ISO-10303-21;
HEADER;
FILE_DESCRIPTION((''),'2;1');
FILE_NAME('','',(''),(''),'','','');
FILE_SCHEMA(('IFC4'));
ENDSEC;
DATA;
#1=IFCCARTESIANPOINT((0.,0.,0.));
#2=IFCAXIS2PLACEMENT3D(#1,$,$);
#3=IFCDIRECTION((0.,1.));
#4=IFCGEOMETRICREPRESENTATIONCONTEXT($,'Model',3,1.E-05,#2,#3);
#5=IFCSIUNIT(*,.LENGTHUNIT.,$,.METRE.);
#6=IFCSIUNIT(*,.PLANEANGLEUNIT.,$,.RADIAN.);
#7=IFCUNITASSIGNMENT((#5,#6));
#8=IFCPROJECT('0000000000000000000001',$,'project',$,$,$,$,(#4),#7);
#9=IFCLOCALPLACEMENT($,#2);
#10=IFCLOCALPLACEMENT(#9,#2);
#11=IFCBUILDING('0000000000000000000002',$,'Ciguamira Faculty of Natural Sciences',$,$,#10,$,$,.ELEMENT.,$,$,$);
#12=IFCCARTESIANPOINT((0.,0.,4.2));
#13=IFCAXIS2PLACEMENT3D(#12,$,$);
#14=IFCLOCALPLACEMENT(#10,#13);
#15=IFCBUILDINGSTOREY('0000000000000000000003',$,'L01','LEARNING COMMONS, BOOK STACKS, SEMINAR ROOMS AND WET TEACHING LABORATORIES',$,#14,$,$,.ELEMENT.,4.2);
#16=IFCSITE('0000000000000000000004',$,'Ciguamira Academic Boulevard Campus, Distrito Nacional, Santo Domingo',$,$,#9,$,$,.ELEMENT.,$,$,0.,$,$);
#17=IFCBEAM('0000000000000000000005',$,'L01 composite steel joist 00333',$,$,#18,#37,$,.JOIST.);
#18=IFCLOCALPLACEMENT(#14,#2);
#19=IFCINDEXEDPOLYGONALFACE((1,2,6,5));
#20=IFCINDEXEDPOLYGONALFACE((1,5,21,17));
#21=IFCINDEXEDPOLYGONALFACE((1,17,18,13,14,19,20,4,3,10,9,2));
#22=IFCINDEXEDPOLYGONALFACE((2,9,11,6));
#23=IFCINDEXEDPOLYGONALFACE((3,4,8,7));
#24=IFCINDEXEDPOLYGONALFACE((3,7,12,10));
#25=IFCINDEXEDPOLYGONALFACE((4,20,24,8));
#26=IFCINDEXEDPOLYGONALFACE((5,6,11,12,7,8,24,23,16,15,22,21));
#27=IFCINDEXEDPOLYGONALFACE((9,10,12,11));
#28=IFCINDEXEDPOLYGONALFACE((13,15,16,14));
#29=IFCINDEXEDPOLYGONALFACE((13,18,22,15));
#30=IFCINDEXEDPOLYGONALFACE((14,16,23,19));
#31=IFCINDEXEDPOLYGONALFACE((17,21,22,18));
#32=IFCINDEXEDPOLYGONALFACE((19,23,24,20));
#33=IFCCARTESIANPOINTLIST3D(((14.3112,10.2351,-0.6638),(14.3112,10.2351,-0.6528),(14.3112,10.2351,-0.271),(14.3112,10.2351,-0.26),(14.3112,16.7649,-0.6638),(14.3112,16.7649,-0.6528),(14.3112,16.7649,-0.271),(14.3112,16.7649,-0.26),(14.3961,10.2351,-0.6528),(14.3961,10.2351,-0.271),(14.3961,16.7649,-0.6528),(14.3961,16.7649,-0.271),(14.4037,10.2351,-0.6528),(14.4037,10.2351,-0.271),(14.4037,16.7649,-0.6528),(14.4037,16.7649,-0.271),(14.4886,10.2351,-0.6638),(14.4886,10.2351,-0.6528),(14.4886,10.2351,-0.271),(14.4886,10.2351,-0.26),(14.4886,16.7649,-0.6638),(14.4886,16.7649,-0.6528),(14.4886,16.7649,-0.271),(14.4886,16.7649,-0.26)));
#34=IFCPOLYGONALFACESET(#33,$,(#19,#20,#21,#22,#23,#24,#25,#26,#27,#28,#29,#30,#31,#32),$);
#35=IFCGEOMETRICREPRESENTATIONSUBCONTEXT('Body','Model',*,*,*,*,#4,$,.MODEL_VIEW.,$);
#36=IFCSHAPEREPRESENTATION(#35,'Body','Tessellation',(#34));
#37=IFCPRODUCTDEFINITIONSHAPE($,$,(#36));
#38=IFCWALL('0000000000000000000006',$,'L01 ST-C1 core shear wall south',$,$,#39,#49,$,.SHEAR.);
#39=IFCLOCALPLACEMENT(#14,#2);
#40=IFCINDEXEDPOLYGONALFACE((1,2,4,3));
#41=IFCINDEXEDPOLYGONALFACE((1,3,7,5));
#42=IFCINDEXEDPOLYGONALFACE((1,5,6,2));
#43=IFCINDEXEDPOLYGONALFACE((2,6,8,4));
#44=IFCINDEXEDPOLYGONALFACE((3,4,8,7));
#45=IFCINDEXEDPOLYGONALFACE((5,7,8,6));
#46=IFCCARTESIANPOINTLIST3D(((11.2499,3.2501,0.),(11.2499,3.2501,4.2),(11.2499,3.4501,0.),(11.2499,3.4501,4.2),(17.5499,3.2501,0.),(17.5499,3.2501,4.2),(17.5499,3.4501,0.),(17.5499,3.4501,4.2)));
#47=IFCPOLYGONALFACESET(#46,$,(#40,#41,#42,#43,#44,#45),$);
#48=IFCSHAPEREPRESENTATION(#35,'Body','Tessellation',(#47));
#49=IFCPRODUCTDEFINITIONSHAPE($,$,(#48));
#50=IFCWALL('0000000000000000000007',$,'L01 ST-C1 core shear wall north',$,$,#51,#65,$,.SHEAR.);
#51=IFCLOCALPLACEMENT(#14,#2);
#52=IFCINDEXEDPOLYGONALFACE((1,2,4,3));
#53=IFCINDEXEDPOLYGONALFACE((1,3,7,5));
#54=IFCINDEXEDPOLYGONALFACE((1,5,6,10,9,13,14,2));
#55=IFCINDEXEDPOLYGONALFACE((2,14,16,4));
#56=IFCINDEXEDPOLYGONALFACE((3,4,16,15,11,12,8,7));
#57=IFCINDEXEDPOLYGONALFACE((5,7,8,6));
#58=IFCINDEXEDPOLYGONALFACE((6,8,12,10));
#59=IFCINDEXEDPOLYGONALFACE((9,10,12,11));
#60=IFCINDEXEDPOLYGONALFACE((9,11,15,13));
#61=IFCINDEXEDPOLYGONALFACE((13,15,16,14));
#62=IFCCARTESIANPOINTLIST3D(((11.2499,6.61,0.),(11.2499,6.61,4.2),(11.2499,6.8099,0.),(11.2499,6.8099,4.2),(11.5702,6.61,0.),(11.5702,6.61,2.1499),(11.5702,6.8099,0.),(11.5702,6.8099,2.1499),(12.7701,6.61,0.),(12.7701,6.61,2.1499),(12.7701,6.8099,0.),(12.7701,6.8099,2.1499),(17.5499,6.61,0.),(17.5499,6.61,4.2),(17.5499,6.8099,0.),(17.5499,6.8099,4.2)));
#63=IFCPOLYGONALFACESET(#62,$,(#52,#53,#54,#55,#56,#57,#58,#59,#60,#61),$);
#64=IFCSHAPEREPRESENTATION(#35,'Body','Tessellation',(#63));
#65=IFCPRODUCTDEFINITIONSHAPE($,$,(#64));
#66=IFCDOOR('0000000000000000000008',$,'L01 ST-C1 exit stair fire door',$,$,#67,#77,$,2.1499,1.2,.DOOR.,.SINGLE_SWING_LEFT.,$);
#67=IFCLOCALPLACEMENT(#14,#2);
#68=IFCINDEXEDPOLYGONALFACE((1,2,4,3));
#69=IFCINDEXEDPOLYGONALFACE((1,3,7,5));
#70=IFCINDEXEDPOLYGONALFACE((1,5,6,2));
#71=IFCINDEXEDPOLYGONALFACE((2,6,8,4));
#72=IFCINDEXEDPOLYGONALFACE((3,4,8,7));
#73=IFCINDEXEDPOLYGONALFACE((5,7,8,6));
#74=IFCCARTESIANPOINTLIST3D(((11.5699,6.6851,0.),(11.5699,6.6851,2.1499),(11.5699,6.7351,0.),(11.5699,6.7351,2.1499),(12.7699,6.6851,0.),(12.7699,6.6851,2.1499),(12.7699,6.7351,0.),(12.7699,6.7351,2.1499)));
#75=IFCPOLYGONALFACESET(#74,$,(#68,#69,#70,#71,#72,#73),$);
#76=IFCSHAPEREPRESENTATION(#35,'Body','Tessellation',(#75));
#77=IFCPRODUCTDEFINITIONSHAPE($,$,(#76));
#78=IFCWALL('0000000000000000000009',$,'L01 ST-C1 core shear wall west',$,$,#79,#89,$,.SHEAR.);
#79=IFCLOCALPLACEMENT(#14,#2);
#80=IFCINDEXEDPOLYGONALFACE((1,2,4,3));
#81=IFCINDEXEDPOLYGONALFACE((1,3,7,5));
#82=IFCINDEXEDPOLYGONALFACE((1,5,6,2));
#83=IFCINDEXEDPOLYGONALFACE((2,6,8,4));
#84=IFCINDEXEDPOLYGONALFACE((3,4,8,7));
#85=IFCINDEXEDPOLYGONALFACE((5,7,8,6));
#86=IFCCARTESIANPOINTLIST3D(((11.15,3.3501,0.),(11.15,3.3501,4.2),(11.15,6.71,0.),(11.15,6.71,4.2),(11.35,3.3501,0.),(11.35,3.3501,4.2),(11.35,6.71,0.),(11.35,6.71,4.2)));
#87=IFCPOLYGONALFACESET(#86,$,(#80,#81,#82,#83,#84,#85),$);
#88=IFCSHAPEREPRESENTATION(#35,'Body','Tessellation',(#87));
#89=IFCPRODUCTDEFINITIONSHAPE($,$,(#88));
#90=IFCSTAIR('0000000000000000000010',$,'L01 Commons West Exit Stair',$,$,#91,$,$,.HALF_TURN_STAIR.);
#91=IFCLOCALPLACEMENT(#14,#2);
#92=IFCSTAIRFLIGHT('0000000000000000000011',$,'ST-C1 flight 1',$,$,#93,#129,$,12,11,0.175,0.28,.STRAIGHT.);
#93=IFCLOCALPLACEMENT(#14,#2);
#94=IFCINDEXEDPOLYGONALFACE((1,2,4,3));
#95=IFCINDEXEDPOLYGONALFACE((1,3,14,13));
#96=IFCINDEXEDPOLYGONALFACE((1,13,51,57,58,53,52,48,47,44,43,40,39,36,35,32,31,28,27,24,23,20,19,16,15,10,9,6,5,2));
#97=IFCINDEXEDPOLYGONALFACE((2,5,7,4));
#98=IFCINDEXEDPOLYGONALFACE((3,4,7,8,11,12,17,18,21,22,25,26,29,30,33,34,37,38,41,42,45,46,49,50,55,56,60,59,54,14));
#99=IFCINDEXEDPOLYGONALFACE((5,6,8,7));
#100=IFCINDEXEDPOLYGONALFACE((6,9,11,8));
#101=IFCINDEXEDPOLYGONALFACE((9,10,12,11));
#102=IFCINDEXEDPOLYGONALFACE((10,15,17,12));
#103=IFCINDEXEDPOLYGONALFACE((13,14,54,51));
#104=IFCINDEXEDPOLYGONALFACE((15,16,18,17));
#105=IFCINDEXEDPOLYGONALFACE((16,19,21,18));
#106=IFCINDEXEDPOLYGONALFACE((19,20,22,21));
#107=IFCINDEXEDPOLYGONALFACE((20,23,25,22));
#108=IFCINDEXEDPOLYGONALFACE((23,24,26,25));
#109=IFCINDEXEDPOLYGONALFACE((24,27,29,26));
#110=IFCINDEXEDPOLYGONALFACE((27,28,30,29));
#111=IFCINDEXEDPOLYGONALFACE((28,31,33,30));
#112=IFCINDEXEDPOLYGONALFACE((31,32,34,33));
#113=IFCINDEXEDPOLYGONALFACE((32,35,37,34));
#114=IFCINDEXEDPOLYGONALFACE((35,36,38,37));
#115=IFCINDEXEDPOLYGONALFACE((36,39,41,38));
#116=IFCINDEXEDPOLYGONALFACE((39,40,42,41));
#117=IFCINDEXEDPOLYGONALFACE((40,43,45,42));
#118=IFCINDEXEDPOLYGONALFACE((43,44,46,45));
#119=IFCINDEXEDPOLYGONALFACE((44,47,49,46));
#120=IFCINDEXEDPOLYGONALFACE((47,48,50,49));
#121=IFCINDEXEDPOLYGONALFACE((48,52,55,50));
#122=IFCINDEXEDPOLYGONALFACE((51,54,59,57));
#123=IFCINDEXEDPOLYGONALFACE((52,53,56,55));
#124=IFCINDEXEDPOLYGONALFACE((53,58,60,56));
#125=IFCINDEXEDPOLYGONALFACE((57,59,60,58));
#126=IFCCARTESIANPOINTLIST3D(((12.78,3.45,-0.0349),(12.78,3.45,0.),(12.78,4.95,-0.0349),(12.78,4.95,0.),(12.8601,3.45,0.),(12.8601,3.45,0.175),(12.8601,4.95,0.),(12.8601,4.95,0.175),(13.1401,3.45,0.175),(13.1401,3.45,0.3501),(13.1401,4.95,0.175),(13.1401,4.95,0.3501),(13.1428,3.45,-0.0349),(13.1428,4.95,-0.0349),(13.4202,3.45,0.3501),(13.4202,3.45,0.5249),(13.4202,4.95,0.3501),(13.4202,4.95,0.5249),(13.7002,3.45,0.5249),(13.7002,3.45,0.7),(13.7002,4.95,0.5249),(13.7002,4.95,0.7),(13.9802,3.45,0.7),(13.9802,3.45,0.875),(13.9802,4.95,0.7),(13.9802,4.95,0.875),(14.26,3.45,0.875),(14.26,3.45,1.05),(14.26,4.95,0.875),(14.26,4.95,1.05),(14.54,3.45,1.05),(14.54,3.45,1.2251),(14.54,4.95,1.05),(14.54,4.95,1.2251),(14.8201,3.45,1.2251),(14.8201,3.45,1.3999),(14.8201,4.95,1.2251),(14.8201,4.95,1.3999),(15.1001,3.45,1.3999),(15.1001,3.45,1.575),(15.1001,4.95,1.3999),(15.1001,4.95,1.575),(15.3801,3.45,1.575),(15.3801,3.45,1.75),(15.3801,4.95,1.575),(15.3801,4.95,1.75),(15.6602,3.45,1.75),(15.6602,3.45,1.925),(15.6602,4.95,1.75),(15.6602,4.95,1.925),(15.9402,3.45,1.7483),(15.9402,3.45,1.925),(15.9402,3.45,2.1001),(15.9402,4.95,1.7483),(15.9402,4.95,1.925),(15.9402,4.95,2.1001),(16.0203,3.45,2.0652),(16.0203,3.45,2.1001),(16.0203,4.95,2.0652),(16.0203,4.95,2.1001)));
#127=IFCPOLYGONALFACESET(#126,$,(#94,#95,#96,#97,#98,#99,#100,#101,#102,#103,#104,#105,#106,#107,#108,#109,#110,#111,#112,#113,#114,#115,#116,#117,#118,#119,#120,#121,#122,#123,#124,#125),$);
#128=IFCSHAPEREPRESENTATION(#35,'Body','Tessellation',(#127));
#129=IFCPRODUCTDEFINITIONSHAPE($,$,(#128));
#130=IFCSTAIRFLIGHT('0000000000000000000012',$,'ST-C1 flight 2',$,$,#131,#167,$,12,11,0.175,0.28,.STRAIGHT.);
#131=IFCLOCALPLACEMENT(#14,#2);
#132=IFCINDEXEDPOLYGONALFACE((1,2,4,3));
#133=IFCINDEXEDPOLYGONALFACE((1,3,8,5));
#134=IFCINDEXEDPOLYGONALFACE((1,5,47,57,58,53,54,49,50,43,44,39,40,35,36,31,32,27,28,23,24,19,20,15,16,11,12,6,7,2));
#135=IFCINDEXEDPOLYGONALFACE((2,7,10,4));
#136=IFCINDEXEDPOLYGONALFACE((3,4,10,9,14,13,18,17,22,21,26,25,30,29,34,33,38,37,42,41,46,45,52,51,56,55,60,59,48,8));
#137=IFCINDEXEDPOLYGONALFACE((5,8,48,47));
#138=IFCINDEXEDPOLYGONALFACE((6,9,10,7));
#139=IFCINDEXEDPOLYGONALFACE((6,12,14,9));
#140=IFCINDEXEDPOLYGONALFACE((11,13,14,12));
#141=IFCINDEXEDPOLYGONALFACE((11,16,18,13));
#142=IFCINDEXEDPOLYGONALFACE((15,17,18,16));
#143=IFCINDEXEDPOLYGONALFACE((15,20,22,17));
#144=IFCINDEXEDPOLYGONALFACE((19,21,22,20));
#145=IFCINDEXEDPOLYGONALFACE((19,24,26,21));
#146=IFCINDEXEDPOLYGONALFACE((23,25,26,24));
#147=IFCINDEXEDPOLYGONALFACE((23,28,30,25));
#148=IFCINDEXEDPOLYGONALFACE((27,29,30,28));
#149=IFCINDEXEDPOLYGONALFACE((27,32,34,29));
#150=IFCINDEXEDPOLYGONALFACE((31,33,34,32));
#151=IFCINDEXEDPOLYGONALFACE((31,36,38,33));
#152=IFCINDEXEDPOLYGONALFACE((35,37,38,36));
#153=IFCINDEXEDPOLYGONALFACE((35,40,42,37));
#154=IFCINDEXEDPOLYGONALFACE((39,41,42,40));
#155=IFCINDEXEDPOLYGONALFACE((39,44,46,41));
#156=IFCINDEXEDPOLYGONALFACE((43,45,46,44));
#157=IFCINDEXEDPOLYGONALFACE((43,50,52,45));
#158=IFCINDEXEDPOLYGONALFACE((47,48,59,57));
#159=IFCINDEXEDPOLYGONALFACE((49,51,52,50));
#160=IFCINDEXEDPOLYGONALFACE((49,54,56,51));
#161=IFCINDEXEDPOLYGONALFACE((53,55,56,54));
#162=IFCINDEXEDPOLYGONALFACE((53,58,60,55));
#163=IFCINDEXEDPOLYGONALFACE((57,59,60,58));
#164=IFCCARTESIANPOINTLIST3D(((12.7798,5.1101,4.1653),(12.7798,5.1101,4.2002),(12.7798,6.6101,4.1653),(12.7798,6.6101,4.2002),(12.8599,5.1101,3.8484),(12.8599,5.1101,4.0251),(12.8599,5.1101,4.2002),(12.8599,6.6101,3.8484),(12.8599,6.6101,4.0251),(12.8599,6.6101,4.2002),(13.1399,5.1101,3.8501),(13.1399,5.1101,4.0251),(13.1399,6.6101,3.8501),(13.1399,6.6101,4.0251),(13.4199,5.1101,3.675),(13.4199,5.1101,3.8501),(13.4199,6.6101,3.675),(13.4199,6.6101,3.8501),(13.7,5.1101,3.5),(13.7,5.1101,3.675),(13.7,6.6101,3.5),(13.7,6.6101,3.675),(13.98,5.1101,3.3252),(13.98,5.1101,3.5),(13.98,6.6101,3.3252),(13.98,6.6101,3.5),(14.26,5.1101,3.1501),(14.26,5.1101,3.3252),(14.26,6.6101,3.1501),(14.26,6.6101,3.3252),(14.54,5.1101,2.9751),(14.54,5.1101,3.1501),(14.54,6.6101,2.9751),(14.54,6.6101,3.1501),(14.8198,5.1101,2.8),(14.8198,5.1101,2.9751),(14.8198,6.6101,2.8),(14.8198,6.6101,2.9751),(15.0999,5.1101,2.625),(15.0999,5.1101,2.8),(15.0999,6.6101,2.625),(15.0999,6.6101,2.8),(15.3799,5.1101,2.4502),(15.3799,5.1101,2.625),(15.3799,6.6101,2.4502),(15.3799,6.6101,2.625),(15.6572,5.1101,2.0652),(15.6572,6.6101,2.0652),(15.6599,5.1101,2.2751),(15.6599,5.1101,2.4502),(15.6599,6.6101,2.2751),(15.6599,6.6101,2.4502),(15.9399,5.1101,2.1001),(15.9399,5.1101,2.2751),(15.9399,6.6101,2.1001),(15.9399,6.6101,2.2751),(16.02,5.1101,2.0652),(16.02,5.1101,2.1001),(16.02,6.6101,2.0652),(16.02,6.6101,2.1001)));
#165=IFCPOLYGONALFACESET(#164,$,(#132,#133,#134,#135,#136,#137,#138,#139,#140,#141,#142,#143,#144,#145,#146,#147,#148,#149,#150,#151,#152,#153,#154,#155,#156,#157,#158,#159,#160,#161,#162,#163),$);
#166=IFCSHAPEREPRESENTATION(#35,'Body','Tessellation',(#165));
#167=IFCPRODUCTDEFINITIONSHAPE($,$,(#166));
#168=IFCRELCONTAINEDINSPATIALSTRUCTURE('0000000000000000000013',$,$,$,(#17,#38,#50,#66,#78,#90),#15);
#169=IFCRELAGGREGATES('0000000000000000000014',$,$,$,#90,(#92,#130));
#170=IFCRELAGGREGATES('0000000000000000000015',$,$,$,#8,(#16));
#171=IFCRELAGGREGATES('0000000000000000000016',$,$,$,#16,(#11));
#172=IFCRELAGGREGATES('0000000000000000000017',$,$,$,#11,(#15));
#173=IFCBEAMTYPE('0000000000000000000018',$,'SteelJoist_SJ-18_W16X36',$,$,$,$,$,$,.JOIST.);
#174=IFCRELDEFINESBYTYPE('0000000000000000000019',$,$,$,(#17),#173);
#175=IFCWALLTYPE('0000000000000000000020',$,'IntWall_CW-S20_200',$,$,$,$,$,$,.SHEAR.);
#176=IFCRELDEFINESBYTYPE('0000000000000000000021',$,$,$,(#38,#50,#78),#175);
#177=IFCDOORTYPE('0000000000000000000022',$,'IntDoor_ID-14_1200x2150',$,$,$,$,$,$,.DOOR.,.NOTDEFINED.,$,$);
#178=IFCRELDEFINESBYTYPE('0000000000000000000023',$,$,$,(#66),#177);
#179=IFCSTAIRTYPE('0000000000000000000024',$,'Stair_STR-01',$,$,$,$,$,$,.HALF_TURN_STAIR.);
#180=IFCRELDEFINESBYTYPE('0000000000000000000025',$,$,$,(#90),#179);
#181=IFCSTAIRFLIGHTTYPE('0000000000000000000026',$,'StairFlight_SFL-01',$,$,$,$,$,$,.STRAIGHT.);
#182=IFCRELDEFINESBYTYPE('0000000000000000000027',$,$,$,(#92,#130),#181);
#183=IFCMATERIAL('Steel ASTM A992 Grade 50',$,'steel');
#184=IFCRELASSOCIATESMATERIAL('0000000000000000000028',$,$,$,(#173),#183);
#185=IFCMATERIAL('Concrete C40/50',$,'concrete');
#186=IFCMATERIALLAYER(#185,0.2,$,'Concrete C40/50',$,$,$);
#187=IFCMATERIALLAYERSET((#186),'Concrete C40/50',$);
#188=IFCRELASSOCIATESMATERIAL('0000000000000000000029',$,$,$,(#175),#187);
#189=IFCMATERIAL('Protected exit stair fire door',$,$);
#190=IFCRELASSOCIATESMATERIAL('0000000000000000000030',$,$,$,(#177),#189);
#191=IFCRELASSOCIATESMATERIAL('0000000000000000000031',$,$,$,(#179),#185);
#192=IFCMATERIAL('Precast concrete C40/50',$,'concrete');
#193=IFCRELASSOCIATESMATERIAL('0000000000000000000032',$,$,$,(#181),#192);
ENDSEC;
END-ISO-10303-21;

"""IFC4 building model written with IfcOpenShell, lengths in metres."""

from ifc_helpers import new_model, si_unit, direction, frame, frame_2d, origin, origin_2d, place, context, subcontext, project, spatial, polyline, rectangle, i_section, outline, extrude, material, layer, layer_set, material_profile, profile_set, type_object, element, fill, aggregate, save


model = new_model("IFC4")

# Units and contexts
model_context = context("Model", 3, precision=1e-05, world=origin(), true_north=direction((0.0, 1.0)))
body_context = subcontext(model_context, "Body", "Model", "MODEL_VIEW")
ifc_project = project(units=[si_unit("LENGTHUNIT", "METRE"), si_unit("PLANEANGLEUNIT", "RADIAN")], contexts=[model_context])

# Site, building, storey
site_placement = place(None, origin())
site = spatial("IfcSite", under=ifc_project, at=site_placement, Name="Ciguamira Academic Boulevard Campus, Distrito Nacional, Santo Domingo", CompositionType="ELEMENT", RefElevation=0.0)
building_placement = place(site_placement, origin())
building = spatial("IfcBuilding", under=site, at=building_placement, Name="Ciguamira Faculty of Natural Sciences", CompositionType="ELEMENT")
storey_placement = place(building_placement, frame((0.0, 0.0, 4.2)))
storey = spatial("IfcBuildingStorey", under=building, at=storey_placement, Name="L01", Description="LEARNING COMMONS, BOOK STACKS, SEMINAR ROOMS AND WET TEACHING LABORATORIES", CompositionType="ELEMENT", Elevation=4.2)

# Shared definitions
ifc_material_1 = material(Name="Concrete C40/50", Category="concrete")

# Beam
ifc_material_2 = material(Name="Steel ASTM A992 Grade 50", Category="steel")
ifc_material_profile_1 = material_profile(ifc_material_2, i_section(OverallWidth=0.1775, OverallDepth=0.4038, WebThickness=0.0076, FlangeThickness=0.011, at=origin_2d()), Name="W16X36")
ifc_profile_set_1 = profile_set([ifc_material_profile_1], Name="Steel ASTM A992 Grade 50")
beam_type_1 = type_object("IfcBeamType", Name="SteelJoist_SJ-18_W16X36", PredefinedType="JOIST", material=ifc_profile_set_1)
beam_1_placement = place(storey_placement, frame((14.3999, 10.2351, -0.4619), z_axis=(0.0, 1.0, 0.0), x_axis=(-1.0, 0.0, 0.0)))
element("IfcBeam", 1, at=beam_1_placement, inside=storey, type_object=beam_type_1, Name="L01 composite steel joist 00333", PredefinedType="JOIST", context=body_context, shape_type="SweptSolid", body=[
    extrude(i_section(OverallWidth=0.1775, OverallDepth=0.4038, WebThickness=0.0076, FlangeThickness=0.011, at=origin_2d()), origin(), (0.0, 0.0, 1.0), 6.5298),
])

# Wall
ifc_layer = layer(ifc_material_1, 0.2, Name="Concrete C40/50")
ifc_layer_set = layer_set([ifc_layer], Name="Concrete C40/50")
wall_type = type_object("IfcWallType", Name="IntWall_CW-S20_200", PredefinedType="SHEAR", material=ifc_layer_set)
wall_1_placement = place(storey_placement, frame((11.25, 3.3501, 0.0), z_axis=(0.0, 0.0, 1.0), x_axis=(1.0, 0.0, 0.0)))
element("IfcWall", 2, at=wall_1_placement, inside=storey, type_object=wall_type, Name="L01 ST-C1 core shear wall south", PredefinedType="SHEAR", context=body_context, shape_type="SweptSolid", body=[
    extrude(rectangle(XDim=6.3, YDim=0.2, at=frame_2d((3.1499, 0.0))), origin(), (0.0, 0.0, 1.0), 4.2),
])

# Wall, opening, door
wall_2_placement = place(storey_placement, frame((11.25, 6.71, 0.0), z_axis=(0.0, 0.0, 1.0), x_axis=(1.0, 0.0, 0.0)))
wall_2 = element("IfcWall", 3, at=wall_2_placement, inside=storey, type_object=wall_type, Name="L01 ST-C1 core shear wall north", PredefinedType="SHEAR", context=body_context, shape_type="SweptSolid", body=[
    extrude(rectangle(XDim=6.3, YDim=0.2, at=frame_2d((3.1499, 0.0))), origin(), (0.0, 0.0, 1.0), 4.2),
])
opening_placement = place(wall_2_placement, frame((0.3201, 0.0, 0.0)))
opening = element("IfcOpeningElement", 4, at=opening_placement, cuts=wall_2, PredefinedType="OPENING", context=body_context, shape_type="SweptSolid", body=[
    extrude(rectangle(XDim=1.2, YDim=2.1499, at=frame_2d((0.6001, 1.075))), frame((0.0, 0.1099, 0.0), z_axis=(0.0, -1.0, 0.0), x_axis=(1.0, 0.0, 0.0)), (0.0, 0.0, 1.0), 0.22),
])
ifc_material_3 = material(Name="Protected exit stair fire door")
door_type = type_object("IfcDoorType", Name="IntDoor_ID-14_1200x2150", OperationType="NOTDEFINED", PredefinedType="DOOR", material=ifc_material_3)
door_placement = place(opening_placement, frame((1.2, 0.0, 0.0), z_axis=(0.0, 0.0, 1.0), x_axis=(-1.0, 0.0, 0.0)))
door = element("IfcDoor", 5, at=door_placement, inside=storey, type_object=door_type, Name="L01 ST-C1 exit stair fire door", OperationType="SINGLE_SWING_LEFT", OverallHeight=2.1499, OverallWidth=1.2, PredefinedType="DOOR", context=body_context, shape_type="SweptSolid", body=[
    extrude(rectangle(XDim=1.2, YDim=2.1499, at=frame_2d((0.6001, 1.075))), frame((0.0, 0.0249, 0.0), z_axis=(0.0, -1.0, 0.0), x_axis=(1.0, 0.0, 0.0)), (0.0, 0.0, 1.0), 0.05),
])
fill(opening, door)

# Wall
wall_3_placement = place(storey_placement, frame((11.25, 3.3501, 0.0), z_axis=(0.0, 0.0, 1.0), x_axis=(0.0, 1.0, 0.0)))
element("IfcWall", 6, at=wall_3_placement, inside=storey, type_object=wall_type, Name="L01 ST-C1 core shear wall west", PredefinedType="SHEAR", context=body_context, shape_type="SweptSolid", body=[
    extrude(rectangle(XDim=3.3599, YDim=0.2, at=frame_2d((1.6799, 0.0))), origin(), (0.0, 0.0, 1.0), 4.2),
])

# Stair, stair flights
stair_type = type_object("IfcStairType", Name="Stair_STR-01", PredefinedType="HALF_TURN_STAIR", material=ifc_material_1)
stair_placement = place(storey_placement, origin())
stair = element("IfcStair", 7, at=stair_placement, inside=storey, type_object=stair_type, Name="L01 Commons West Exit Stair", PredefinedType="HALF_TURN_STAIR")
ifc_material_4 = material(Name="Precast concrete C40/50", Category="concrete")
stair_flight_type = type_object("IfcStairFlightType", Name="StairFlight_SFL-01", PredefinedType="STRAIGHT", material=ifc_material_4)
stair_flight_1_placement = place(storey_placement, frame((12.8601, 4.2, 0.0), z_axis=(0.0, 0.0, 1.0), x_axis=(1.0, 0.0, 0.0)))
stair_flight_1 = element("IfcStairFlight", 8, at=stair_flight_1_placement, type_object=stair_flight_type, Name="ST-C1 flight 1", NumberOfRisers=12, NumberOfTreads=11, PredefinedType="STRAIGHT", RiserHeight=0.175, TreadLength=0.28, context=body_context, shape_type="SweptSolid", body=[
    extrude(outline(polyline([(-0.0801, -0.0349), (-0.0801, 0.0), (0.0, 0.0), (0.0, 0.175), (0.28, 0.175), (0.28, 0.3501), (0.5601, 0.3501), (0.5601, 0.5249), (0.8401, 0.5249), (0.8401, 0.7), (1.1201, 0.7), (1.1201, 0.875), (1.3999, 0.875), (1.3999, 1.05), (1.6799, 1.05), (1.6799, 1.2251), (1.96, 1.2251), (1.96, 1.3999), (2.24, 1.3999), (2.24, 1.575), (2.52, 1.575), (2.52, 1.75), (2.8, 1.75), (2.8, 1.925), (3.0801, 1.925), (3.0801, 2.1001), (3.1602, 2.1001), (3.1602, 2.0652), (3.0801, 1.7483), (0.2827, -0.0349), (-0.0801, -0.0349)])), frame((0.0, 0.75, 0.0), z_axis=(0.0, -1.0, 0.0), x_axis=(1.0, 0.0, 0.0)), (0.0, 0.0, 1.0), 1.5),
])
stair_flight_2_placement = place(storey_placement, frame((15.9399, 5.8601, 2.1001), z_axis=(0.0, 0.0, 1.0), x_axis=(-1.0, 0.0, 0.0)))
stair_flight_2 = element("IfcStairFlight", 9, at=stair_flight_2_placement, type_object=stair_flight_type, Name="ST-C1 flight 2", NumberOfRisers=12, NumberOfTreads=11, PredefinedType="STRAIGHT", RiserHeight=0.175, TreadLength=0.28, context=body_context, shape_type="SweptSolid", body=[
    extrude(outline(polyline([(-0.0801, -0.0349), (-0.0801, 0.0), (0.0, 0.0), (0.0, 0.175), (0.28, 0.175), (0.28, 0.3501), (0.5601, 0.3501), (0.5601, 0.5249), (0.8401, 0.5249), (0.8401, 0.7), (1.1201, 0.7), (1.1201, 0.875), (1.3999, 0.875), (1.3999, 1.05), (1.6799, 1.05), (1.6799, 1.2251), (1.96, 1.2251), (1.96, 1.3999), (2.24, 1.3999), (2.24, 1.575), (2.52, 1.575), (2.52, 1.75), (2.8, 1.75), (2.8, 1.925), (3.0801, 1.925), (3.0801, 2.1001), (3.1602, 2.1001), (3.1602, 2.0652), (3.0801, 1.7483), (0.2827, -0.0349), (-0.0801, -0.0349)])), frame((0.0, 0.75, 0.0), z_axis=(0.0, -1.0, 0.0), x_axis=(1.0, 0.0, 0.0)), (0.0, 0.0, 1.0), 1.5),
])
aggregate(stair, [stair_flight_1, stair_flight_2])

save(model, "model.ifc")
